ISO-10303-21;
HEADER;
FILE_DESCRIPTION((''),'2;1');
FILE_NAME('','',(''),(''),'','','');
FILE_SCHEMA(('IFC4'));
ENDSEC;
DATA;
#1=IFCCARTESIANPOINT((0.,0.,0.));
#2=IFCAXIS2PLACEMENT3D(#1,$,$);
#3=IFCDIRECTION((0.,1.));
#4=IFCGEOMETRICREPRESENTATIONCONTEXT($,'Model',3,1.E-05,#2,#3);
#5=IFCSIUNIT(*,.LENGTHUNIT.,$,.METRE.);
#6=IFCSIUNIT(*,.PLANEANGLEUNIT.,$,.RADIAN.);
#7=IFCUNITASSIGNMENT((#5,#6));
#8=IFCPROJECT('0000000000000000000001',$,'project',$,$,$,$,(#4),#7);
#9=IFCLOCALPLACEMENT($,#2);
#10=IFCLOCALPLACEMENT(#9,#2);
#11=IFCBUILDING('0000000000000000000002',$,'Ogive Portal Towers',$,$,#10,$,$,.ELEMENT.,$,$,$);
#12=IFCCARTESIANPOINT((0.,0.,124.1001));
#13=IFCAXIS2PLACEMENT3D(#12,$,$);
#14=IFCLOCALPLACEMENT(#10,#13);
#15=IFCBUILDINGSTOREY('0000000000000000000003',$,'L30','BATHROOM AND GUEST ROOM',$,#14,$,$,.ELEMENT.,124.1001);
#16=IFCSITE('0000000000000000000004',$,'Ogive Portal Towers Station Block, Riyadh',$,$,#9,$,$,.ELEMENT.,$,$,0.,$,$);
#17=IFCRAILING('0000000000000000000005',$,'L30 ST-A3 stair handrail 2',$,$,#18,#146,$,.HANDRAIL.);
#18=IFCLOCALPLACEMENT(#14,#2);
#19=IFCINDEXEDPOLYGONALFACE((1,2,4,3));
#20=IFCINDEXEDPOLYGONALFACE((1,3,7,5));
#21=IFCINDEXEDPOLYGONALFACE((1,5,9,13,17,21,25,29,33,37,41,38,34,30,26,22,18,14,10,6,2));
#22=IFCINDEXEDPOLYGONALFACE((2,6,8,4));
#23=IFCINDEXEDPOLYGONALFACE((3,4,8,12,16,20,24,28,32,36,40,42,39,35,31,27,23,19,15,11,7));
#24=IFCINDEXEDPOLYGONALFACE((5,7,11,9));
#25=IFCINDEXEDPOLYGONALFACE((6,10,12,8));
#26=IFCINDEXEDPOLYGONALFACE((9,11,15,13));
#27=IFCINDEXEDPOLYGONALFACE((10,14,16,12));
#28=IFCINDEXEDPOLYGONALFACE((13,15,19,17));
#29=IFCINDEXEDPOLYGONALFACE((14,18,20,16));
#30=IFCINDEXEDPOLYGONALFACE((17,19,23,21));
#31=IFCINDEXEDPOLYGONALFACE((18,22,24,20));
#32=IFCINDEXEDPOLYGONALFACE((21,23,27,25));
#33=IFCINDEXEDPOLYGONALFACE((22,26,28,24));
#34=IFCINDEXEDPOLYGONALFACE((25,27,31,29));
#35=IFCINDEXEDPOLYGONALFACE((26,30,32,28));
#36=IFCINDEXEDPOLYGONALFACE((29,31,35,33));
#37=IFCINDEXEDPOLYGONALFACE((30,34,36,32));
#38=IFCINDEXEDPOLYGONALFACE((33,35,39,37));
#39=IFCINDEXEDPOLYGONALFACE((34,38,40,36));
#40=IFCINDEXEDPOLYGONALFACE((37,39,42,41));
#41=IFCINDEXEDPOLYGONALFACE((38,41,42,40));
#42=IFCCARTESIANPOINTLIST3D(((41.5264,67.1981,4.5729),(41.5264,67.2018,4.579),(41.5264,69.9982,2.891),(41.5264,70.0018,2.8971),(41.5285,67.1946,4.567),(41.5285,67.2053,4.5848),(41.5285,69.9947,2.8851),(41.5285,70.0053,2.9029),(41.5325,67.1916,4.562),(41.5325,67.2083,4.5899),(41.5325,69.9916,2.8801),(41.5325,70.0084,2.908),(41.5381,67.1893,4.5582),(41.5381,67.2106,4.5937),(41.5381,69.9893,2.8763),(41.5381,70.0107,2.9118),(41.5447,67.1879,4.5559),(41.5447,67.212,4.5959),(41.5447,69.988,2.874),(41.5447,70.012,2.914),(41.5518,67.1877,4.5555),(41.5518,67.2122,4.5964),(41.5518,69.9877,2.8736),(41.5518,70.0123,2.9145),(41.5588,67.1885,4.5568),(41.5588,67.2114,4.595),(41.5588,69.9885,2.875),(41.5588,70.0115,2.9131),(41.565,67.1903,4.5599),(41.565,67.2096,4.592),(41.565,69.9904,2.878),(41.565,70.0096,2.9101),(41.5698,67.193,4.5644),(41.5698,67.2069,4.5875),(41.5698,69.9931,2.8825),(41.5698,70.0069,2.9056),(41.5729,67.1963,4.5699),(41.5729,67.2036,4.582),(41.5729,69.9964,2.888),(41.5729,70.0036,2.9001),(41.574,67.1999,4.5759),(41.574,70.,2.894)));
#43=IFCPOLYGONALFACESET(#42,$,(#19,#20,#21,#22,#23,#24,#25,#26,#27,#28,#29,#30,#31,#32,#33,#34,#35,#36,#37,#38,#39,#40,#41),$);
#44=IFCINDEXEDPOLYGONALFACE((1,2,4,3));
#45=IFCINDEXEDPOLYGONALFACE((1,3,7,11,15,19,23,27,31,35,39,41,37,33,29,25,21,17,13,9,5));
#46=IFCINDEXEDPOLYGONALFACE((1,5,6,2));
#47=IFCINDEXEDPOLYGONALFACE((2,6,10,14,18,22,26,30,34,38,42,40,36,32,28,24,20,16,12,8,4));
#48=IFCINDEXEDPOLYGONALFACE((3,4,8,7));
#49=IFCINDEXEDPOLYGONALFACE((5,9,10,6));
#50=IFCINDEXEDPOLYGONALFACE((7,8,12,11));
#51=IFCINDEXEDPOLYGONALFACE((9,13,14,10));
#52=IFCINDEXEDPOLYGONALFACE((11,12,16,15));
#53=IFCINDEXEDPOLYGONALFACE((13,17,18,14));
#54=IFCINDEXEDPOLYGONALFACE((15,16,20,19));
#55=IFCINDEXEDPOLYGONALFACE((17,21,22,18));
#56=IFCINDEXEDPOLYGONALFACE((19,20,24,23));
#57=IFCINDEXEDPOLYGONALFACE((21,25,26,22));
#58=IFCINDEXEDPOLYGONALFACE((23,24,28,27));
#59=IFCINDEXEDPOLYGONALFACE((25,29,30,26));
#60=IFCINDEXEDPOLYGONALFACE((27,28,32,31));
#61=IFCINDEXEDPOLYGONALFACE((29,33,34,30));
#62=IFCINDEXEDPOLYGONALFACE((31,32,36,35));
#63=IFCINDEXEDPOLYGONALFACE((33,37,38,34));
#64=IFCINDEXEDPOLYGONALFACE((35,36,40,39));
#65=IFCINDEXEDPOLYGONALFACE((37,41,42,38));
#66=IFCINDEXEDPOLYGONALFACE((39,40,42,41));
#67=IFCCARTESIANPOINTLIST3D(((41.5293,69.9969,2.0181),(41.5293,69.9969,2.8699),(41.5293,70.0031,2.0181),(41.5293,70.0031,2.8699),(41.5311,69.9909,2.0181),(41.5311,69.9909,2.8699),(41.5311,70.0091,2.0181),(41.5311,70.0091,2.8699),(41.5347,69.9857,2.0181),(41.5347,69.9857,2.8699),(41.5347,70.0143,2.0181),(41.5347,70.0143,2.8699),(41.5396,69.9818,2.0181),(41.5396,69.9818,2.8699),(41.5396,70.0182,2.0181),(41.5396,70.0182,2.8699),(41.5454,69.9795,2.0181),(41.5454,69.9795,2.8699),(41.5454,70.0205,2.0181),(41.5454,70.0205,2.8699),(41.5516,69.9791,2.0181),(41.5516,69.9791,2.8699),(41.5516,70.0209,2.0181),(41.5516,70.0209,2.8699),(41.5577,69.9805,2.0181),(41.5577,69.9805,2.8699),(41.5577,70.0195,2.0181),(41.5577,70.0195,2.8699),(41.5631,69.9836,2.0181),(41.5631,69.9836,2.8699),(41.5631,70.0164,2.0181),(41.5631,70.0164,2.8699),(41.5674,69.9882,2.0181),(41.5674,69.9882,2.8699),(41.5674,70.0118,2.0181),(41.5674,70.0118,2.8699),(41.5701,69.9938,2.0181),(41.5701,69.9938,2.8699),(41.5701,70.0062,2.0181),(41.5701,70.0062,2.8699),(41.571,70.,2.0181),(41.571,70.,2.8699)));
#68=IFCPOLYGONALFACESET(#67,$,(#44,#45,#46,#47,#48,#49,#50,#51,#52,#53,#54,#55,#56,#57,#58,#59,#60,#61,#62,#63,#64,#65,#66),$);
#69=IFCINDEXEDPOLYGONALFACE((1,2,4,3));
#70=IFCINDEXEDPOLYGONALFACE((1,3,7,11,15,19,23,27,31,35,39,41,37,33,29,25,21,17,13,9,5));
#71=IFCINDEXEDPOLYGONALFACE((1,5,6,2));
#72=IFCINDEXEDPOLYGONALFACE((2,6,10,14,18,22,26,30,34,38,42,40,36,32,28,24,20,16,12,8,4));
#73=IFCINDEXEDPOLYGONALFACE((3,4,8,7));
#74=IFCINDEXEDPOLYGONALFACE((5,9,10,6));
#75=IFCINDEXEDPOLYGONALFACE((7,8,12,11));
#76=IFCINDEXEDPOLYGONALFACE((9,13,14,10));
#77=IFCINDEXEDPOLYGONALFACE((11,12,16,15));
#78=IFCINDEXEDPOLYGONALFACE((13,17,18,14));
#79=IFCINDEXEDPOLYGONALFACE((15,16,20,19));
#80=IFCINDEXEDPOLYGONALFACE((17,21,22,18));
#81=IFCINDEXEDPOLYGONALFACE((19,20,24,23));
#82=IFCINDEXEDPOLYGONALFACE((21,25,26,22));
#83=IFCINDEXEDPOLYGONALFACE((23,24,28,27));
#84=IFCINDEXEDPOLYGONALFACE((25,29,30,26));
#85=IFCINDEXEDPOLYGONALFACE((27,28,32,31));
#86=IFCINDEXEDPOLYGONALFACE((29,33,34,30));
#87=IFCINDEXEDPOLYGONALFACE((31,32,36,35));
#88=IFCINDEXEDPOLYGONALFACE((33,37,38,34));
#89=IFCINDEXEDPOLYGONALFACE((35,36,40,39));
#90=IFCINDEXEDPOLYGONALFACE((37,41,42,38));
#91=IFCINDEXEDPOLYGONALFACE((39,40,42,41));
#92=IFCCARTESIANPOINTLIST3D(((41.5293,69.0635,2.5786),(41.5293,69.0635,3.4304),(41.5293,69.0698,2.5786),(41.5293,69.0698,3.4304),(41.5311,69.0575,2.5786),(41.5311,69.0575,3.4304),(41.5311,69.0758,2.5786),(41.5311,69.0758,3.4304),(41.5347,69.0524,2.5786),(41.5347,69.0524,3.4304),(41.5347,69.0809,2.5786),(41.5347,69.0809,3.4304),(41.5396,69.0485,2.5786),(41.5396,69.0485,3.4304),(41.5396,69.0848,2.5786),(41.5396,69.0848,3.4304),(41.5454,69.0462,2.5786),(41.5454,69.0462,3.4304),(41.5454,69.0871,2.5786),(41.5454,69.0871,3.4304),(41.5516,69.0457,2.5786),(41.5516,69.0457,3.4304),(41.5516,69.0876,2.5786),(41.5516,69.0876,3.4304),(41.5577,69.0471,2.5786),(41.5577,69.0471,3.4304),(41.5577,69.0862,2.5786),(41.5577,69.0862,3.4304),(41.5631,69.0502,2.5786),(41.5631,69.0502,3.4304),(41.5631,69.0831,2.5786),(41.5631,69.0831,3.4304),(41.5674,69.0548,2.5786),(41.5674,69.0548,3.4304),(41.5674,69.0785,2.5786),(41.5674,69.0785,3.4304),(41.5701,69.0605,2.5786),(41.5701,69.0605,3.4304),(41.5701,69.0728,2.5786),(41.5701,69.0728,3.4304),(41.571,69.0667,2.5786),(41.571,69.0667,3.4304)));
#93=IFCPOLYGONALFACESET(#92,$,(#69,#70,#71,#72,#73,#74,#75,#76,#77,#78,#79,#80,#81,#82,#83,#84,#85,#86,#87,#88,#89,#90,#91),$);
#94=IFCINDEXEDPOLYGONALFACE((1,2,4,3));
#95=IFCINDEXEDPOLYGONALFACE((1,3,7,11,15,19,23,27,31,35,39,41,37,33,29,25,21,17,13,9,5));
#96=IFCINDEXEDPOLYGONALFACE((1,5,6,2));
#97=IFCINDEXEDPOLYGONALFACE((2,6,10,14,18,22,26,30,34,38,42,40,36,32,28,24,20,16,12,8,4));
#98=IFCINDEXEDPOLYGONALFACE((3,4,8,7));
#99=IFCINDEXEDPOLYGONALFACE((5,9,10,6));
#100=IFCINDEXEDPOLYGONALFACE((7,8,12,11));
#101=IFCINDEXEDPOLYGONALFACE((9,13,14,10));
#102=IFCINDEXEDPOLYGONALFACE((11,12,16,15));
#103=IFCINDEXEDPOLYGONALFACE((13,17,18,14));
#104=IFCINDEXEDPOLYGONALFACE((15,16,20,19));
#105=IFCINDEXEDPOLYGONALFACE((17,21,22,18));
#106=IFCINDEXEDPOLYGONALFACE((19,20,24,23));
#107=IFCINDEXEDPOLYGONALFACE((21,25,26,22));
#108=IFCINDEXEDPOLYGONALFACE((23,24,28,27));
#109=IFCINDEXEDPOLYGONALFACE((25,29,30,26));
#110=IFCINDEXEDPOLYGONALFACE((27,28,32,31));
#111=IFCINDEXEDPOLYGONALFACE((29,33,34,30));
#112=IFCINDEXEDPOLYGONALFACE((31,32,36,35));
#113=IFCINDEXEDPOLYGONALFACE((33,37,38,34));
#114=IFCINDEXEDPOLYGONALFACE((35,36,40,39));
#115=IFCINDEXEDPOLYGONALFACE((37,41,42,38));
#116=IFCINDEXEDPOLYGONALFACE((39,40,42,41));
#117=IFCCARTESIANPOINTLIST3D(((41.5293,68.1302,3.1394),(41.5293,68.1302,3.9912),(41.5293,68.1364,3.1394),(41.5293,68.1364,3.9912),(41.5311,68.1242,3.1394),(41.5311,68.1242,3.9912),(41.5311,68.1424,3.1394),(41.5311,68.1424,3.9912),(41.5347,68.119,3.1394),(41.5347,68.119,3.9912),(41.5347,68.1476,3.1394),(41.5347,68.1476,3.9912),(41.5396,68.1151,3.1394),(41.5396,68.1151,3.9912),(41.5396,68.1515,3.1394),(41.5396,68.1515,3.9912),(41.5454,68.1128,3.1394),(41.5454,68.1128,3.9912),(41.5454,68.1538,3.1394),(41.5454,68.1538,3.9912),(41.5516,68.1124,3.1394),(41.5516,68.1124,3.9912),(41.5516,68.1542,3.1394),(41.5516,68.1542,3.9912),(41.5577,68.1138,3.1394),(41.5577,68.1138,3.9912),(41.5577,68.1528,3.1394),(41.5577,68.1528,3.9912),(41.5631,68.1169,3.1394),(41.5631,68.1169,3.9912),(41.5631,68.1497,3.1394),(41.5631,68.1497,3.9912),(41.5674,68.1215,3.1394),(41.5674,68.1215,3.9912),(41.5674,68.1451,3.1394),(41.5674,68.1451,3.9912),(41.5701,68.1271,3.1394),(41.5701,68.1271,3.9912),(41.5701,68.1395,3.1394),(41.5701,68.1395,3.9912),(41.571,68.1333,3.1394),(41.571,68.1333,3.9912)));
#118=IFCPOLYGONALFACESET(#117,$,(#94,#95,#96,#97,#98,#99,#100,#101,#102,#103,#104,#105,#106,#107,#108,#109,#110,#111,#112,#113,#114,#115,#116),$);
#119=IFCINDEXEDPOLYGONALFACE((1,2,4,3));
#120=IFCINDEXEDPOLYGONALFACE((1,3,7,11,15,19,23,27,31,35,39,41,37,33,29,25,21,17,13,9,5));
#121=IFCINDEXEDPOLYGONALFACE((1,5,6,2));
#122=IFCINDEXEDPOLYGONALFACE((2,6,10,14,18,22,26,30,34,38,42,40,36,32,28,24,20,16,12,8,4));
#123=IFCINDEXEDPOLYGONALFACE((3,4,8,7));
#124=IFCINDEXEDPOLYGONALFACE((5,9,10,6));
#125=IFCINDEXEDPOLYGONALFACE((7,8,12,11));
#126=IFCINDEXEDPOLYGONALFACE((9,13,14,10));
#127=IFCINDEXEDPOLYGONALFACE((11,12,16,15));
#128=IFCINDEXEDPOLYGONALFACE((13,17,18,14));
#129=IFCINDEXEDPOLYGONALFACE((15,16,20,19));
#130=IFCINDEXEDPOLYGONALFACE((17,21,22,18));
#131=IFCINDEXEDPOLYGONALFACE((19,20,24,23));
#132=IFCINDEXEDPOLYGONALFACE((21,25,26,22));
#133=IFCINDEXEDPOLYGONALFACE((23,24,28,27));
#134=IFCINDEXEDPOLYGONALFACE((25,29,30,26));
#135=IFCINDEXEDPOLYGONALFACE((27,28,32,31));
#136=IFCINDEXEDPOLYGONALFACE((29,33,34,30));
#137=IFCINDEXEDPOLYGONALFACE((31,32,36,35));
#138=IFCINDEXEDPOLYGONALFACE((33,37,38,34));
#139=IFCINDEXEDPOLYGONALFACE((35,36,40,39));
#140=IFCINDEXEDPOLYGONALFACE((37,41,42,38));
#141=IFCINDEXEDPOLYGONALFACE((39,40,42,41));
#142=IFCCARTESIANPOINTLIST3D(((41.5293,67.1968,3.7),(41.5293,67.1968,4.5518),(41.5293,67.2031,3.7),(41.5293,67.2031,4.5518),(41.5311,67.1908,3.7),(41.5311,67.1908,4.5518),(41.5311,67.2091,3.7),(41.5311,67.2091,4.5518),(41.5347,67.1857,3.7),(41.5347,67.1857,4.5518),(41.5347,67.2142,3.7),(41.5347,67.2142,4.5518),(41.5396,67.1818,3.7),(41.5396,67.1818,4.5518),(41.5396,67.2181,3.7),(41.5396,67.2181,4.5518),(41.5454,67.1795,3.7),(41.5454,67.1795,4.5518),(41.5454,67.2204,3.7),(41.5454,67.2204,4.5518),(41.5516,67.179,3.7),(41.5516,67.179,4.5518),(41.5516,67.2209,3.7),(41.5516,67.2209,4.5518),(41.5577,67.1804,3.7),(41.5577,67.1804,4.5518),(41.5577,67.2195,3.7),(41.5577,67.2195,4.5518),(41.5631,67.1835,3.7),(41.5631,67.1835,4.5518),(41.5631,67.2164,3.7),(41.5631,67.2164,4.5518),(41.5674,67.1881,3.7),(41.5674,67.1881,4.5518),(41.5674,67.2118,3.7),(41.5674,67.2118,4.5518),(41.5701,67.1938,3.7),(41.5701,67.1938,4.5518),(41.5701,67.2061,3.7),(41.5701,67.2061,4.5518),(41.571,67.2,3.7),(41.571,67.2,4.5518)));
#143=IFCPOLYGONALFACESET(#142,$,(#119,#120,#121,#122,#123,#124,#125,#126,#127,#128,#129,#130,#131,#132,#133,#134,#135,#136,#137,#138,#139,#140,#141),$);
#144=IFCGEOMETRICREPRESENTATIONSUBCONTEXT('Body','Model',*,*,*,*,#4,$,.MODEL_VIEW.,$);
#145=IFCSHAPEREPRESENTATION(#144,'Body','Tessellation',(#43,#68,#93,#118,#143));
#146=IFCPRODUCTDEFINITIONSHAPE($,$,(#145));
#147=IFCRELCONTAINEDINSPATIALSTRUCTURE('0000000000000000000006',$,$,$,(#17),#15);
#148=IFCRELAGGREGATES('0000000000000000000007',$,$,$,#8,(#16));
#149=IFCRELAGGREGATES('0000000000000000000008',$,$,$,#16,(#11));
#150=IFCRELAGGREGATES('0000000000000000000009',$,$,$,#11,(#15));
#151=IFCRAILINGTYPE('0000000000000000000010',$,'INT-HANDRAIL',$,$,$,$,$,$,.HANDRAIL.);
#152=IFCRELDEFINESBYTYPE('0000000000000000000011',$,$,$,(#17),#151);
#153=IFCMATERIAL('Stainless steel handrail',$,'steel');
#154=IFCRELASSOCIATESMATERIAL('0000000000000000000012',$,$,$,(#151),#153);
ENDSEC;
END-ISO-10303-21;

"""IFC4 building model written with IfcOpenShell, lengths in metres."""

from ifc_helpers import new_model, si_unit, direction, frame, origin, origin_2d, place, context, subcontext, project, spatial, circle, extrude, material, type_object, element, save


model = new_model("IFC4")

# Units and contexts
model_context = context("Model", 3, precision=1e-05, world=origin(), true_north=direction((0.0, 1.0)))
body_context = subcontext(model_context, "Body", "Model", "MODEL_VIEW")
ifc_project = project(units=[si_unit("LENGTHUNIT", "METRE"), si_unit("PLANEANGLEUNIT", "RADIAN")], contexts=[model_context])

# Site, building, storey
site_placement = place(None, origin())
site = spatial("IfcSite", under=ifc_project, at=site_placement, Name="Ogive Portal Towers Station Block, Riyadh", CompositionType="ELEMENT", RefElevation=0.0)
building_placement = place(site_placement, origin())
building = spatial("IfcBuilding", under=site, at=building_placement, Name="Ogive Portal Towers", CompositionType="ELEMENT")
storey_placement = place(building_placement, frame((0.0, 0.0, 124.1001)))
storey = spatial("IfcBuildingStorey", under=building, at=storey_placement, Name="L30", Description="BATHROOM AND GUEST ROOM", CompositionType="ELEMENT", Elevation=124.1001)

# Railing
ifc_material_1 = material(Name="Stainless steel handrail", Category="steel")
railing_type_1 = type_object("IfcRailingType", Name="INT-HANDRAIL", PredefinedType="HANDRAIL", material=ifc_material_1)
railing_1_placement = place(storey_placement, frame((41.55, 70.0, 2.0181)))
element("IfcRailing", 1, at=railing_1_placement, inside=storey, type_object=railing_type_1, Name="L30 ST-A3 stair handrail 2", PredefinedType="HANDRAIL", context=body_context, shape_type="SweptSolid", body=[
    extrude(circle(Radius=0.0239, at=origin_2d()), frame((0.0, 0.0, 0.876), z_axis=(0.0, -0.857242, 0.514913), x_axis=(1.0, 0.0, 0.0)), (0.0, 0.0, 1.0), 3.2664),
    extrude(circle(Radius=0.021, at=origin_2d()), origin(), (0.0, 0.0, 1.0), 0.8518),
    extrude(circle(Radius=0.021, at=origin_2d()), frame((0.0, -0.9333, 0.5605)), (0.0, 0.0, 1.0), 0.8518),
    extrude(circle(Radius=0.021, at=origin_2d()), frame((0.0, -1.8667, 1.1213)), (0.0, 0.0, 1.0), 0.8518),
    extrude(circle(Radius=0.021, at=origin_2d()), frame((0.0, -2.8, 1.6819)), (0.0, 0.0, 1.0), 0.8518),
])

save(model, "model.ifc")
